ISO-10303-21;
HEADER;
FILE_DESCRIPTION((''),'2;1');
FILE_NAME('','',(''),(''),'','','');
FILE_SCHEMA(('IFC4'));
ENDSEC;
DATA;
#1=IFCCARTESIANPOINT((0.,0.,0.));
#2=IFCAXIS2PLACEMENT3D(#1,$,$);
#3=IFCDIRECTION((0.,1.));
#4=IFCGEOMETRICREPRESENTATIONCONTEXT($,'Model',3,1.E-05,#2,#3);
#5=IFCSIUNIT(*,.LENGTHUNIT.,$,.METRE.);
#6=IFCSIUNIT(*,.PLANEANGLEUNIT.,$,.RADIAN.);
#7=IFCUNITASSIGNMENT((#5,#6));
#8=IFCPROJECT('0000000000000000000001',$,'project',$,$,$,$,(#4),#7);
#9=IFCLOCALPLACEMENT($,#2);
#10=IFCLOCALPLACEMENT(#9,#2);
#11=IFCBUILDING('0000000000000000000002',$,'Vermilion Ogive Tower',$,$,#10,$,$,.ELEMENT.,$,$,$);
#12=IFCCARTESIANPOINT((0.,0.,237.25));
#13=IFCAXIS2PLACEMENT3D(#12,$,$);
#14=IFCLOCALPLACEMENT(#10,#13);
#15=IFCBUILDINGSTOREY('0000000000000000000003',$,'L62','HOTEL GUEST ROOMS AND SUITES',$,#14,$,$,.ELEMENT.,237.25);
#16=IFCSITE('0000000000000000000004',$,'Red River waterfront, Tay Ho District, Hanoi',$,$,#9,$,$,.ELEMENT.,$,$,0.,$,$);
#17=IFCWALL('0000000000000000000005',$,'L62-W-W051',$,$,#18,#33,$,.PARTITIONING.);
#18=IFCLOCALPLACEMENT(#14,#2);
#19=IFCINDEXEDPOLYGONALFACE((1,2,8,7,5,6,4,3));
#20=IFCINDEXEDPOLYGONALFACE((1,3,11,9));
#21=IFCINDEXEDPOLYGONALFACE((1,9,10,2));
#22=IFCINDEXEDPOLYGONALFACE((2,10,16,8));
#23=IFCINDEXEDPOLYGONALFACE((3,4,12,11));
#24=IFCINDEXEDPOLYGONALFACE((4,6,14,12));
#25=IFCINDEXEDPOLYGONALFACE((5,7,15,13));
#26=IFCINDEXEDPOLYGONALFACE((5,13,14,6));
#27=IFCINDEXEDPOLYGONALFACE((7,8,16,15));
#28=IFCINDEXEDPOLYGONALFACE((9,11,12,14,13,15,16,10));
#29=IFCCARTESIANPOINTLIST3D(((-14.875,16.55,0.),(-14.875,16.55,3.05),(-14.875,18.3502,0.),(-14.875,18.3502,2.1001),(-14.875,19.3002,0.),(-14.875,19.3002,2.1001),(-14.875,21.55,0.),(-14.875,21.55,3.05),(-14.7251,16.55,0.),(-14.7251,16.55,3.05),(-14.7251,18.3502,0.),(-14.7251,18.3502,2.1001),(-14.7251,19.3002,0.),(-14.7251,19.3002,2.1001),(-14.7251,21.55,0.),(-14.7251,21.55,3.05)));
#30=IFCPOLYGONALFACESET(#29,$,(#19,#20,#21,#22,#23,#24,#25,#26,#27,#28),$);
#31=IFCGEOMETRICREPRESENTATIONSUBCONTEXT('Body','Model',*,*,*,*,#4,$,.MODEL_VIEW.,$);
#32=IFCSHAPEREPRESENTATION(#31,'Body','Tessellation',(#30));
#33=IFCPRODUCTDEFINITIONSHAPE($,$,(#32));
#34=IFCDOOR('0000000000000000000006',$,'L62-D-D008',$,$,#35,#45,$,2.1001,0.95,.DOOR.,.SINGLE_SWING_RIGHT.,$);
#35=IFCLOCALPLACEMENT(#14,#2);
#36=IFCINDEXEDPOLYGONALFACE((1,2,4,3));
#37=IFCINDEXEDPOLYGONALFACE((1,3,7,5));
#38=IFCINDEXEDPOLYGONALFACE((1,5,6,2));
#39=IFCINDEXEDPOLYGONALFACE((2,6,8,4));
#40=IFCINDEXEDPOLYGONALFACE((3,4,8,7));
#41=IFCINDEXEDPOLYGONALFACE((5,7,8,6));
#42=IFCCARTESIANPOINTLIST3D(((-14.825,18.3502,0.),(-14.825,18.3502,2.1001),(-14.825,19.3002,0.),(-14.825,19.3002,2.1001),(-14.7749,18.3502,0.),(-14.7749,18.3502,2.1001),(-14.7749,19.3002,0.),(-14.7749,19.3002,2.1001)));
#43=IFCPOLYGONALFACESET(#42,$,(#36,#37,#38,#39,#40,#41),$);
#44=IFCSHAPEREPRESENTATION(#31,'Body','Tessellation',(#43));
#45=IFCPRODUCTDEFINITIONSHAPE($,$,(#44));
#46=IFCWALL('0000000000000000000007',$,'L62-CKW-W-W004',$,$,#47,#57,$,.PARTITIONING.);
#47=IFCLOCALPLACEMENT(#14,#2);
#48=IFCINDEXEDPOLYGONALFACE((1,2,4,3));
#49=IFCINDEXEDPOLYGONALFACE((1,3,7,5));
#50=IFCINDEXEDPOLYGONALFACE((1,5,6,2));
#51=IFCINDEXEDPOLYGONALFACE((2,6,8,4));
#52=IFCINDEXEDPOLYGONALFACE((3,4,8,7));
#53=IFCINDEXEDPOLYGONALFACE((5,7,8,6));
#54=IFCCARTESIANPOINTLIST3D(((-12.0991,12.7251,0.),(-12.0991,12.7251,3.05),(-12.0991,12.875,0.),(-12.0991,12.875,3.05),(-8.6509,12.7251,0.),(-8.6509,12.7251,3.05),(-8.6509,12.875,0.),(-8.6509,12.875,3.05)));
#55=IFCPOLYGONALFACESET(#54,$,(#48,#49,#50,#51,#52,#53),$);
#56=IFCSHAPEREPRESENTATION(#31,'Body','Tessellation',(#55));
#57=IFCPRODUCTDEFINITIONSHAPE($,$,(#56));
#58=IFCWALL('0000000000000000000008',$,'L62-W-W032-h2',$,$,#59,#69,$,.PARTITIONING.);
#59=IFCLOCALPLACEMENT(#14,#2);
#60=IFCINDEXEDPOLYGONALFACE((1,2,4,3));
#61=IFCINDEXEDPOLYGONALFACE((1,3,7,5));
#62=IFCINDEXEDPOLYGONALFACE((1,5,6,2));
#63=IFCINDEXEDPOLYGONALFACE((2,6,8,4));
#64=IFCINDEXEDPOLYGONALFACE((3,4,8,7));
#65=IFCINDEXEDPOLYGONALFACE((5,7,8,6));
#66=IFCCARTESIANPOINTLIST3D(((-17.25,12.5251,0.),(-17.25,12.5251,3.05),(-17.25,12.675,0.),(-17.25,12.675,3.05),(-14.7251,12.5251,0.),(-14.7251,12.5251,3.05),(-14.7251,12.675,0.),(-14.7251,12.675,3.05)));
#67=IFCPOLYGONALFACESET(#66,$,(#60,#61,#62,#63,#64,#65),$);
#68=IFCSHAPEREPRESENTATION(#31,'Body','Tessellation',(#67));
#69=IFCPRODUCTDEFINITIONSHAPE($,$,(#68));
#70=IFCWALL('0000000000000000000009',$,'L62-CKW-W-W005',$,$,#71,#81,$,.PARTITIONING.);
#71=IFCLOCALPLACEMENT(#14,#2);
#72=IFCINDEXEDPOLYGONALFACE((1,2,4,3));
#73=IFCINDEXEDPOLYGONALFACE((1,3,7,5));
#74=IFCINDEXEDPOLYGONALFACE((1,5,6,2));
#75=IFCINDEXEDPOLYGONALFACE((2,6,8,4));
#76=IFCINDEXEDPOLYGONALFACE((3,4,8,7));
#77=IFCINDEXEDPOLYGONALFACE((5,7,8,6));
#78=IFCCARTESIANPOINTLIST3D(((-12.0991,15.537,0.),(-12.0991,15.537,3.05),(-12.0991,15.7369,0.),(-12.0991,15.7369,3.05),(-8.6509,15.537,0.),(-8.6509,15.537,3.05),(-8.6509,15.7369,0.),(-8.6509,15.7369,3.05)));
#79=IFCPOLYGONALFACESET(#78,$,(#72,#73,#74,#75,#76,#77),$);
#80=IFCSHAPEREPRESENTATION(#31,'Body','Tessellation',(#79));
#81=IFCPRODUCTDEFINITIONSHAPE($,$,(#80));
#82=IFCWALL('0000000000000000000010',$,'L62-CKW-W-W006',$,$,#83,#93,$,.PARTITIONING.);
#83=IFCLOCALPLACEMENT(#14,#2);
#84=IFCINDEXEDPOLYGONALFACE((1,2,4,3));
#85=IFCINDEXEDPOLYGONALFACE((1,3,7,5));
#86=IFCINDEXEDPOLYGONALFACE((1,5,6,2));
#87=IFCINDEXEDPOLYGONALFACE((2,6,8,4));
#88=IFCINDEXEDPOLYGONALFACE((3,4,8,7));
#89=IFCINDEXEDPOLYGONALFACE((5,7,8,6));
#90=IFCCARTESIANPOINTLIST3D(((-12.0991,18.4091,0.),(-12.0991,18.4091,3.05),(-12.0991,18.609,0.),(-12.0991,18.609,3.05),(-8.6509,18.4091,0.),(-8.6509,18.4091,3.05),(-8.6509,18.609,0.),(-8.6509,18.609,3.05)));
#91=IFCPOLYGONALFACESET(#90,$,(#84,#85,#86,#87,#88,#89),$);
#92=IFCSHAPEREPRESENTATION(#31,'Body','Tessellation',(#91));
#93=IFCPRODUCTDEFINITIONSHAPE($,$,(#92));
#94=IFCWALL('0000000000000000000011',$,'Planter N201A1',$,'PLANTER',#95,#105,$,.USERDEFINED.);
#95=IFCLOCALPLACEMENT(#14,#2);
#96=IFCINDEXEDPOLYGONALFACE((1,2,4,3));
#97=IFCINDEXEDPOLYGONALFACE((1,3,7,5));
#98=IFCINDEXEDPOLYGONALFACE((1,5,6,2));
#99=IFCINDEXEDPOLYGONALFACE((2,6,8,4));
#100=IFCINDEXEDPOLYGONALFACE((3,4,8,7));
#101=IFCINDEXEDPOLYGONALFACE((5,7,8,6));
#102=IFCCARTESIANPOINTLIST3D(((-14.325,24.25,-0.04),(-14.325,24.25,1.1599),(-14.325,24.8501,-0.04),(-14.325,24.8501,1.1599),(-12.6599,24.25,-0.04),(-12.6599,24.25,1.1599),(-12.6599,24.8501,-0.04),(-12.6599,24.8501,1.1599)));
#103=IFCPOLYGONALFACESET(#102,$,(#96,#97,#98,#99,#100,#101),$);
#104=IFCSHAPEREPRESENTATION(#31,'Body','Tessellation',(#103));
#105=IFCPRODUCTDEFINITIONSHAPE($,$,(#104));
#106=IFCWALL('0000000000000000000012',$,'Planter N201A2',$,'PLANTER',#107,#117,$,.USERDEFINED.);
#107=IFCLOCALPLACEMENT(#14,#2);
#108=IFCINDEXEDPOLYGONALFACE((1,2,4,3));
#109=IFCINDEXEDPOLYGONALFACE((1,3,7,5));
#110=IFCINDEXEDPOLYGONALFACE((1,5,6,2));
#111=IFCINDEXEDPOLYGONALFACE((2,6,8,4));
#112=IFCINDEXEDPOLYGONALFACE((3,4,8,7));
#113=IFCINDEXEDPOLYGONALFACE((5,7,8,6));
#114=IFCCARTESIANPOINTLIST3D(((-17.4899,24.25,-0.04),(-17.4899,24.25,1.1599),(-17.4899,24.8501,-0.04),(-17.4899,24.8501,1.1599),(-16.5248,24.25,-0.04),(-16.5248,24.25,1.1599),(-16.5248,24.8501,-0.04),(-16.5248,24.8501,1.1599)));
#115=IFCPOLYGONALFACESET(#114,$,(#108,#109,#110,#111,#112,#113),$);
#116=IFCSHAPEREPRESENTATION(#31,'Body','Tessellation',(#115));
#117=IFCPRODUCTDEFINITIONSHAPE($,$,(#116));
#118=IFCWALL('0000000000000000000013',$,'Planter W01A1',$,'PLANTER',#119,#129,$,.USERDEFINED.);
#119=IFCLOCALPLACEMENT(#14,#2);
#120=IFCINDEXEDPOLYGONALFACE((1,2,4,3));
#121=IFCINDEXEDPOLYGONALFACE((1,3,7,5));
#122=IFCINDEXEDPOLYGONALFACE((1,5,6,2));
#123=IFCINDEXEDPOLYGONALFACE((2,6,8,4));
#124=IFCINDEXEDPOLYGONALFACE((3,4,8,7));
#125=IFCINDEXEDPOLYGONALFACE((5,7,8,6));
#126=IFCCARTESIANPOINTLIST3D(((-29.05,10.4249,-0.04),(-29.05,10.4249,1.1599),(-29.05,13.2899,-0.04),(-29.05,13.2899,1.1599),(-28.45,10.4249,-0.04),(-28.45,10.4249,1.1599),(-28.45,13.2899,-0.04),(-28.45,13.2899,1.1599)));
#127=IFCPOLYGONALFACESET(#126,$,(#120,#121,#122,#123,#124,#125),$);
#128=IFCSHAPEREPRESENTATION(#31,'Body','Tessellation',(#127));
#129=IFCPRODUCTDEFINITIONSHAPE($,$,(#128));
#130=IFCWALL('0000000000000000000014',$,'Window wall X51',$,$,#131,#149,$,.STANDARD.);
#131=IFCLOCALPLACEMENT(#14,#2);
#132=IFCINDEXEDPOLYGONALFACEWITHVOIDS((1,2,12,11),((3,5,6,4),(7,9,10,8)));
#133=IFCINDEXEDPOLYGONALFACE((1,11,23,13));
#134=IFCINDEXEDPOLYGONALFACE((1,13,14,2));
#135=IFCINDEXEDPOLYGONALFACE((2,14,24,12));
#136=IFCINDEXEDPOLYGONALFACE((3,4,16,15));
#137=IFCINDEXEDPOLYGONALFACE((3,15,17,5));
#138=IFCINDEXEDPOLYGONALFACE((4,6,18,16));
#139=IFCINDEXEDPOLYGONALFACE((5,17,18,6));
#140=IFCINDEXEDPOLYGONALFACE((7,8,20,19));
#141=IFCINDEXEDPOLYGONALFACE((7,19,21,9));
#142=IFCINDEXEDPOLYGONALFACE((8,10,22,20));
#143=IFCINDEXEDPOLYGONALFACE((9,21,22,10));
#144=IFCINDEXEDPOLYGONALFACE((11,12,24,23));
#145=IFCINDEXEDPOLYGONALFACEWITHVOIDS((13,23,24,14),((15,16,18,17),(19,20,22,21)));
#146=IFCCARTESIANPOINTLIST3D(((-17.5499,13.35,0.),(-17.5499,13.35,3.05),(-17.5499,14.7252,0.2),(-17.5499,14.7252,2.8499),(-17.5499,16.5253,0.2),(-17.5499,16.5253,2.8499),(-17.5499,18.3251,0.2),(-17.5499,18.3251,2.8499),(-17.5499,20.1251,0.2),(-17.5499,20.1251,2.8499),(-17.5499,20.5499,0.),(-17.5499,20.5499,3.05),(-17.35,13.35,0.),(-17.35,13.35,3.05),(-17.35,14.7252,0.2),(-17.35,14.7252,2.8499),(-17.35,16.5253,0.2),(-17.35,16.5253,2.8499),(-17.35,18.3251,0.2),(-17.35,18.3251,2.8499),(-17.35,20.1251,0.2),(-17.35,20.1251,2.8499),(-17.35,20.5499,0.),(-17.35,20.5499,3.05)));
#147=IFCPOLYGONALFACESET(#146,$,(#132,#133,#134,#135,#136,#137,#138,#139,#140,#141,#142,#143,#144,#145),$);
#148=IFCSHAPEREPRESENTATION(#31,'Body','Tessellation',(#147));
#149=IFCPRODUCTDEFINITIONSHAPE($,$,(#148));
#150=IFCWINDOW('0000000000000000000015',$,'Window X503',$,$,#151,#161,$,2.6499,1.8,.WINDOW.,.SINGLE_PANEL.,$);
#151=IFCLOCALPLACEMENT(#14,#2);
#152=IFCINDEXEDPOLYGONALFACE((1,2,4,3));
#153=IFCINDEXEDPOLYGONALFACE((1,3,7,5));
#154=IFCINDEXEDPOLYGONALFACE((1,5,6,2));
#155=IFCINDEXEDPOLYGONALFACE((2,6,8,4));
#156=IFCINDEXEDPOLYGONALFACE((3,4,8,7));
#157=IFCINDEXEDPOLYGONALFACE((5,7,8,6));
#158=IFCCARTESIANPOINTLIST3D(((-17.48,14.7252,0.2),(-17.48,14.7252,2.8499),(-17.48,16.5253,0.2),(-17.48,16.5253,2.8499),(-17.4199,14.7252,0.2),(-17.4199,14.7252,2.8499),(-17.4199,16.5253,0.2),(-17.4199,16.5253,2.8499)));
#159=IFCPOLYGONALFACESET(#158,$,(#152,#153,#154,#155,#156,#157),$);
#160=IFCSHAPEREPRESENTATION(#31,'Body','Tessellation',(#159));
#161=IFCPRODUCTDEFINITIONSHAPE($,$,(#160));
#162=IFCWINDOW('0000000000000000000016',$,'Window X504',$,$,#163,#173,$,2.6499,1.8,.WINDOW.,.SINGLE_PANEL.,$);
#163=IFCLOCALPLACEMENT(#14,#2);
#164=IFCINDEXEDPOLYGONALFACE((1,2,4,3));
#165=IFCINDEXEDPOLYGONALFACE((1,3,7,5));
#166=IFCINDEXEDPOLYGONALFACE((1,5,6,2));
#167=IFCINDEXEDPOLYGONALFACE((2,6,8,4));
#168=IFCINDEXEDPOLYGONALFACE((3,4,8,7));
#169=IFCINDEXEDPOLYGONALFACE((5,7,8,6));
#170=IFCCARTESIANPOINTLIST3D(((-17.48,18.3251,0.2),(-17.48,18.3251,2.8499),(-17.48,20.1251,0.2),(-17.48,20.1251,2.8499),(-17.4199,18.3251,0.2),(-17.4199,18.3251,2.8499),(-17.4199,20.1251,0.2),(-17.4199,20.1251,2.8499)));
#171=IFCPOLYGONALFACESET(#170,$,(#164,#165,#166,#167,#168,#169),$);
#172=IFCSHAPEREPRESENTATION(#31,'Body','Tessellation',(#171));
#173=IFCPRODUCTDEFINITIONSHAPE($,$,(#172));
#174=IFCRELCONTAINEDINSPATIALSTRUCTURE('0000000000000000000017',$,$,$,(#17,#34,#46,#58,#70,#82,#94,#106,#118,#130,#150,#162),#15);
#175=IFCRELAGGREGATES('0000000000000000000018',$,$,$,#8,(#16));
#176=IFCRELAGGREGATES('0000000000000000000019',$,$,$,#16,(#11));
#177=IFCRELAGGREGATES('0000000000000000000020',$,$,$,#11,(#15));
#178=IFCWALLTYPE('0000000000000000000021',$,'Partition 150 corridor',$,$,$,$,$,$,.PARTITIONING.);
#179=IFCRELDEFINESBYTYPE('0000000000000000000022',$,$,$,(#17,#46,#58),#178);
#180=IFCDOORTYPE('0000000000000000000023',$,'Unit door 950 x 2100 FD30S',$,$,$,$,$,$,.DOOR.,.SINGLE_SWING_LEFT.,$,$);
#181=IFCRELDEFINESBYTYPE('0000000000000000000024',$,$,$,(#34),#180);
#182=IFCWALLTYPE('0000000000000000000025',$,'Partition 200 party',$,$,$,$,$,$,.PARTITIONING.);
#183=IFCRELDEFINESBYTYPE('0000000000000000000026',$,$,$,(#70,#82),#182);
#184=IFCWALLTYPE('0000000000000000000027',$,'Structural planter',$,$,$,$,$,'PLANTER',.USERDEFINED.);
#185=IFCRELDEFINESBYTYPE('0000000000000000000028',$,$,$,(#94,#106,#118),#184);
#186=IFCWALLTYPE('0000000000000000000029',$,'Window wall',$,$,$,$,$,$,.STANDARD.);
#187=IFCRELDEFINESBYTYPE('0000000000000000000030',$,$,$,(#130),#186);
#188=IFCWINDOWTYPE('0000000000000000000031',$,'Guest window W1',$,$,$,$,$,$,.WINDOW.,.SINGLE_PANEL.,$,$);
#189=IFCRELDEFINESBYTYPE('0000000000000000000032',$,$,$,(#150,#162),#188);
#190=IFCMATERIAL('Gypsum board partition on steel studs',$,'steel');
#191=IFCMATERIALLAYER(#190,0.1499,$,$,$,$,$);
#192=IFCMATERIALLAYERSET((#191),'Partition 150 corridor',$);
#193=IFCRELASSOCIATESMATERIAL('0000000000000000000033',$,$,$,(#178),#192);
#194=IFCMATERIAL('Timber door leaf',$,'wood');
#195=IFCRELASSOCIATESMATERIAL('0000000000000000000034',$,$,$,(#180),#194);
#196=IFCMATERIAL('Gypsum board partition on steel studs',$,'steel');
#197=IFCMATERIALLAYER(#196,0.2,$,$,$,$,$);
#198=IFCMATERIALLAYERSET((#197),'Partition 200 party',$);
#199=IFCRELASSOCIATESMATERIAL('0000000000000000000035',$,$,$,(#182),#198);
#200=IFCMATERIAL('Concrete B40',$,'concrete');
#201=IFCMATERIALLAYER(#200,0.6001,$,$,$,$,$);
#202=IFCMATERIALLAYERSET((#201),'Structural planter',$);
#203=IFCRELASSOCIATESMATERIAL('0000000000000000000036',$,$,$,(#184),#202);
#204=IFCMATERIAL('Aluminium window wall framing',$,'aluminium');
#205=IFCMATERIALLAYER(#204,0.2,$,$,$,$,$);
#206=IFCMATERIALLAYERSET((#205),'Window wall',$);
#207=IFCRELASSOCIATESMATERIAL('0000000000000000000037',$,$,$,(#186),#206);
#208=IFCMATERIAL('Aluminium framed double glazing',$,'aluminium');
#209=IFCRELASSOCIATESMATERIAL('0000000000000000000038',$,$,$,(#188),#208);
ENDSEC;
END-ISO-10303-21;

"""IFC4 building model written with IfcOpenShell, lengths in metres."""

from ifc_helpers import new_model, si_unit, direction, frame, frame_2d, origin, place, context, subcontext, project, spatial, rectangle, extrude, material, layer, layer_set, type_object, element, fill, save


model = new_model("IFC4")

# Units and contexts
model_context = context("Model", 3, precision=1e-05, world=origin(), true_north=direction((0.0, 1.0)))
body_context = subcontext(model_context, "Body", "Model", "MODEL_VIEW")
ifc_project = project(units=[si_unit("LENGTHUNIT", "METRE"), si_unit("PLANEANGLEUNIT", "RADIAN")], contexts=[model_context])

# Site, building, storey
site_placement = place(None, origin())
site = spatial("IfcSite", under=ifc_project, at=site_placement, Name="Red River waterfront, Tay Ho District, Hanoi", CompositionType="ELEMENT", RefElevation=0.0)
building_placement = place(site_placement, origin())
building = spatial("IfcBuilding", under=site, at=building_placement, Name="Vermilion Ogive Tower", CompositionType="ELEMENT")
storey_placement = place(building_placement, frame((0.0, 0.0, 237.25)))
storey = spatial("IfcBuildingStorey", under=building, at=storey_placement, Name="L62", Description="HOTEL GUEST ROOMS AND SUITES", CompositionType="ELEMENT", Elevation=237.25)

# Shared definitions
ifc_material_1 = material(Name="Gypsum board partition on steel studs", Category="steel")
ifc_layer_1 = layer(ifc_material_1, 0.1499)
ifc_layer_set_1 = layer_set([ifc_layer_1], Name="Partition 150 corridor")
wall_type_1 = type_object("IfcWallType", Name="Partition 150 corridor", PredefinedType="PARTITIONING", material=ifc_layer_set_1)

# Wall, opening, door
wall_1_placement = place(storey_placement, frame((-14.8, 16.55, 0.0), z_axis=(0.0, 0.0, 1.0), x_axis=(0.0, 1.0, 0.0)))
wall_1 = element("IfcWall", 1, at=wall_1_placement, inside=storey, type_object=wall_type_1, Name="L62-W-W051", PredefinedType="PARTITIONING", context=body_context, shape_type="SweptSolid", body=[
    extrude(rectangle(XDim=5.0, YDim=0.1499, at=frame_2d((2.5, 0.0))), origin(), (0.0, 0.0, 1.0), 3.05),
])
opening_1_placement = place(wall_1_placement, frame((1.8, 0.0, 0.0)))
opening_1 = element("IfcOpeningElement", 2, at=opening_1_placement, cuts=wall_1, PredefinedType="OPENING", context=body_context, shape_type="SweptSolid", body=[
    extrude(rectangle(XDim=0.95, YDim=2.1001, at=frame_2d((0.4751, 1.05))), frame((0.0, 0.085, 0.0), z_axis=(0.0, -1.0, 0.0), x_axis=(1.0, 0.0, 0.0)), (0.0, 0.0, 1.0), 0.1699),
])
ifc_material_2 = material(Name="Timber door leaf", Category="wood")
door_type_1 = type_object("IfcDoorType", Name="Unit door 950 x 2100 FD30S", OperationType="SINGLE_SWING_LEFT", PredefinedType="DOOR", material=ifc_material_2)
door_1_placement = place(opening_1_placement, origin())
door_1 = element("IfcDoor", 3, at=door_1_placement, inside=storey, type_object=door_type_1, Name="L62-D-D008", OperationType="SINGLE_SWING_RIGHT", OverallHeight=2.1001, OverallWidth=0.95, PredefinedType="DOOR", context=body_context, shape_type="SweptSolid", body=[
    extrude(rectangle(XDim=0.95, YDim=2.1001, at=frame_2d((0.4751, 1.05))), frame((0.0, 0.0249, 0.0), z_axis=(0.0, -1.0, 0.0), x_axis=(1.0, 0.0, 0.0)), (0.0, 0.0, 1.0), 0.05),
])
fill(opening_1, door_1)

# Walls
wall_2_placement = place(storey_placement, frame((-12.0991, 12.8, 0.0), z_axis=(0.0, 0.0, 1.0), x_axis=(1.0, 0.0, 0.0)))
element("IfcWall", 4, at=wall_2_placement, inside=storey, type_object=wall_type_1, Name="L62-CKW-W-W004", PredefinedType="PARTITIONING", context=body_context, shape_type="SweptSolid", body=[
    extrude(rectangle(XDim=3.4482, YDim=0.1499, at=frame_2d((1.7241, 0.0))), origin(), (0.0, 0.0, 1.0), 3.05),
])
wall_3_placement = place(storey_placement, frame((-17.25, 12.6001, 0.0), z_axis=(0.0, 0.0, 1.0), x_axis=(1.0, 0.0, 0.0)))
element("IfcWall", 5, at=wall_3_placement, inside=storey, type_object=wall_type_1, Name="L62-W-W032-h2", PredefinedType="PARTITIONING", context=body_context, shape_type="SweptSolid", body=[
    extrude(rectangle(XDim=2.5249, YDim=0.1499, at=frame_2d((1.2625, 0.0))), origin(), (0.0, 0.0, 1.0), 3.05),
])
ifc_material_3 = material(Name="Gypsum board partition on steel studs", Category="steel")
ifc_layer_2 = layer(ifc_material_3, 0.2)
ifc_layer_set_2 = layer_set([ifc_layer_2], Name="Partition 200 party")
wall_type_2 = type_object("IfcWallType", Name="Partition 200 party", PredefinedType="PARTITIONING", material=ifc_layer_set_2)
for number, where, z_axis, x_axis, name in (
    (6, (-12.0991, 15.637, 0.0), (0.0, 0.0, 1.0), (1.0, 0.0, 0.0), "L62-CKW-W-W005"),
    (7, (-12.0991, 18.509, 0.0), (0.0, 0.0, 1.0), (1.0, 0.0, 0.0), "L62-CKW-W-W006"),
):
    element("IfcWall", number, at=place(storey_placement, frame(where, z_axis=z_axis, x_axis=x_axis)), inside=storey, type_object=wall_type_2, Name=name, PredefinedType="PARTITIONING", context=body_context, shape_type="SweptSolid", body=[
        extrude(rectangle(XDim=3.4482, YDim=0.2, at=frame_2d((1.7241, 0.0))), origin(), (0.0, 0.0, 1.0), 3.05),
    ])
ifc_material_4 = material(Name="Concrete B40", Category="concrete")
ifc_layer_3 = layer(ifc_material_4, 0.6001)
ifc_layer_set_3 = layer_set([ifc_layer_3], Name="Structural planter")
wall_type_3 = type_object("IfcWallType", Name="Structural planter", ElementType="PLANTER", PredefinedType="USERDEFINED", material=ifc_layer_set_3)
wall_4_placement = place(storey_placement, frame((-12.6599, 24.55, -0.04), z_axis=(0.0, 0.0, 1.0), x_axis=(-1.0, 0.0, 0.0)))
element("IfcWall", 8, at=wall_4_placement, inside=storey, type_object=wall_type_3, Name="Planter N201A1", ObjectType="PLANTER", PredefinedType="USERDEFINED", context=body_context, shape_type="SweptSolid", body=[
    extrude(rectangle(XDim=1.665, YDim=0.6001, at=frame_2d((0.8325, 0.0))), origin(), (0.0, 0.0, 1.0), 1.2),
])
wall_5_placement = place(storey_placement, frame((-16.5249, 24.55, -0.04), z_axis=(0.0, 0.0, 1.0), x_axis=(-1.0, 0.0, 0.0)))
element("IfcWall", 9, at=wall_5_placement, inside=storey, type_object=wall_type_3, Name="Planter N201A2", ObjectType="PLANTER", PredefinedType="USERDEFINED", context=body_context, shape_type="SweptSolid", body=[
    extrude(rectangle(XDim=0.9651, YDim=0.6001, at=frame_2d((0.4824, 0.0))), origin(), (0.0, 0.0, 1.0), 1.2),
])
wall_6_placement = place(storey_placement, frame((-28.75, 13.29, -0.04), z_axis=(0.0, 0.0, 1.0), x_axis=(0.0, -1.0, 0.0)))
element("IfcWall", 10, at=wall_6_placement, inside=storey, type_object=wall_type_3, Name="Planter W01A1", ObjectType="PLANTER", PredefinedType="USERDEFINED", context=body_context, shape_type="SweptSolid", body=[
    extrude(rectangle(XDim=2.865, YDim=0.6001, at=frame_2d((1.4326, 0.0))), origin(), (0.0, 0.0, 1.0), 1.2),
])

# Shared definitions
ifc_material_5 = material(Name="Aluminium window wall framing", Category="aluminium")
ifc_layer_4 = layer(ifc_material_5, 0.2)
ifc_layer_set_4 = layer_set([ifc_layer_4], Name="Window wall")
wall_type_4 = type_object("IfcWallType", Name="Window wall", PredefinedType="STANDARD", material=ifc_layer_set_4)
ifc_material_6 = material(Name="Aluminium framed double glazing", Category="aluminium")
window_type = type_object("IfcWindowType", Name="Guest window W1", PartitioningType="SINGLE_PANEL", PredefinedType="WINDOW", material=ifc_material_6)

# Wall, openings, windows
wall_7_placement = place(storey_placement, frame((-17.45, 20.55, 0.0), z_axis=(0.0, 0.0, 1.0), x_axis=(0.0, -1.0, 0.0)))
wall_7 = element("IfcWall", 11, at=wall_7_placement, inside=storey, type_object=wall_type_4, Name="Window wall X51", PredefinedType="STANDARD", context=body_context, shape_type="SweptSolid", body=[
    extrude(rectangle(XDim=7.2, YDim=0.2, at=frame_2d((3.6001, 0.0))), origin(), (0.0, 0.0, 1.0), 3.05),
])
opening_2_placement = place(wall_7_placement, frame((4.0249, 0.0, 0.2)))
opening_2 = element("IfcOpeningElement", 12, at=opening_2_placement, cuts=wall_7, PredefinedType="OPENING", context=body_context, shape_type="SweptSolid", body=[
    extrude(rectangle(XDim=1.8, YDim=2.6499, at=frame_2d((0.8999, 1.325))), frame((0.0, 0.1099, 0.0), z_axis=(0.0, -1.0, 0.0), x_axis=(1.0, 0.0, 0.0)), (0.0, 0.0, 1.0), 0.22),
])
opening_3_placement = place(wall_7_placement, frame((0.425, 0.0, 0.2)))
opening_3 = element("IfcOpeningElement", 13, at=opening_3_placement, cuts=wall_7, PredefinedType="OPENING", context=body_context, shape_type="SweptSolid", body=[
    extrude(rectangle(XDim=1.8, YDim=2.6499, at=frame_2d((0.8999, 1.325))), frame((0.0, 0.1099, 0.0), z_axis=(0.0, -1.0, 0.0), x_axis=(1.0, 0.0, 0.0)), (0.0, 0.0, 1.0), 0.22),
])
window_1_placement = place(opening_2_placement, origin())
window_1 = element("IfcWindow", 14, at=window_1_placement, inside=storey, type_object=window_type, Name="Window X503", OverallHeight=2.6499, OverallWidth=1.8, PartitioningType="SINGLE_PANEL", PredefinedType="WINDOW", context=body_context, shape_type="SweptSolid", body=[
    extrude(rectangle(XDim=1.8, YDim=2.6499, at=frame_2d((0.8999, 1.325))), frame((0.0, 0.03, 0.0), z_axis=(0.0, -1.0, 0.0), x_axis=(1.0, 0.0, 0.0)), (0.0, 0.0, 1.0), 0.0601),
])
fill(opening_2, window_1)
window_2_placement = place(opening_3_placement, origin())
window_2 = element("IfcWindow", 15, at=window_2_placement, inside=storey, type_object=window_type, Name="Window X504", OverallHeight=2.6499, OverallWidth=1.8, PartitioningType="SINGLE_PANEL", PredefinedType="WINDOW", context=body_context, shape_type="SweptSolid", body=[
    extrude(rectangle(XDim=1.8, YDim=2.6499, at=frame_2d((0.8999, 1.325))), frame((0.0, 0.03, 0.0), z_axis=(0.0, -1.0, 0.0), x_axis=(1.0, 0.0, 0.0)), (0.0, 0.0, 1.0), 0.0601),
])
fill(opening_3, window_2)

save(model, "model.ifc")
